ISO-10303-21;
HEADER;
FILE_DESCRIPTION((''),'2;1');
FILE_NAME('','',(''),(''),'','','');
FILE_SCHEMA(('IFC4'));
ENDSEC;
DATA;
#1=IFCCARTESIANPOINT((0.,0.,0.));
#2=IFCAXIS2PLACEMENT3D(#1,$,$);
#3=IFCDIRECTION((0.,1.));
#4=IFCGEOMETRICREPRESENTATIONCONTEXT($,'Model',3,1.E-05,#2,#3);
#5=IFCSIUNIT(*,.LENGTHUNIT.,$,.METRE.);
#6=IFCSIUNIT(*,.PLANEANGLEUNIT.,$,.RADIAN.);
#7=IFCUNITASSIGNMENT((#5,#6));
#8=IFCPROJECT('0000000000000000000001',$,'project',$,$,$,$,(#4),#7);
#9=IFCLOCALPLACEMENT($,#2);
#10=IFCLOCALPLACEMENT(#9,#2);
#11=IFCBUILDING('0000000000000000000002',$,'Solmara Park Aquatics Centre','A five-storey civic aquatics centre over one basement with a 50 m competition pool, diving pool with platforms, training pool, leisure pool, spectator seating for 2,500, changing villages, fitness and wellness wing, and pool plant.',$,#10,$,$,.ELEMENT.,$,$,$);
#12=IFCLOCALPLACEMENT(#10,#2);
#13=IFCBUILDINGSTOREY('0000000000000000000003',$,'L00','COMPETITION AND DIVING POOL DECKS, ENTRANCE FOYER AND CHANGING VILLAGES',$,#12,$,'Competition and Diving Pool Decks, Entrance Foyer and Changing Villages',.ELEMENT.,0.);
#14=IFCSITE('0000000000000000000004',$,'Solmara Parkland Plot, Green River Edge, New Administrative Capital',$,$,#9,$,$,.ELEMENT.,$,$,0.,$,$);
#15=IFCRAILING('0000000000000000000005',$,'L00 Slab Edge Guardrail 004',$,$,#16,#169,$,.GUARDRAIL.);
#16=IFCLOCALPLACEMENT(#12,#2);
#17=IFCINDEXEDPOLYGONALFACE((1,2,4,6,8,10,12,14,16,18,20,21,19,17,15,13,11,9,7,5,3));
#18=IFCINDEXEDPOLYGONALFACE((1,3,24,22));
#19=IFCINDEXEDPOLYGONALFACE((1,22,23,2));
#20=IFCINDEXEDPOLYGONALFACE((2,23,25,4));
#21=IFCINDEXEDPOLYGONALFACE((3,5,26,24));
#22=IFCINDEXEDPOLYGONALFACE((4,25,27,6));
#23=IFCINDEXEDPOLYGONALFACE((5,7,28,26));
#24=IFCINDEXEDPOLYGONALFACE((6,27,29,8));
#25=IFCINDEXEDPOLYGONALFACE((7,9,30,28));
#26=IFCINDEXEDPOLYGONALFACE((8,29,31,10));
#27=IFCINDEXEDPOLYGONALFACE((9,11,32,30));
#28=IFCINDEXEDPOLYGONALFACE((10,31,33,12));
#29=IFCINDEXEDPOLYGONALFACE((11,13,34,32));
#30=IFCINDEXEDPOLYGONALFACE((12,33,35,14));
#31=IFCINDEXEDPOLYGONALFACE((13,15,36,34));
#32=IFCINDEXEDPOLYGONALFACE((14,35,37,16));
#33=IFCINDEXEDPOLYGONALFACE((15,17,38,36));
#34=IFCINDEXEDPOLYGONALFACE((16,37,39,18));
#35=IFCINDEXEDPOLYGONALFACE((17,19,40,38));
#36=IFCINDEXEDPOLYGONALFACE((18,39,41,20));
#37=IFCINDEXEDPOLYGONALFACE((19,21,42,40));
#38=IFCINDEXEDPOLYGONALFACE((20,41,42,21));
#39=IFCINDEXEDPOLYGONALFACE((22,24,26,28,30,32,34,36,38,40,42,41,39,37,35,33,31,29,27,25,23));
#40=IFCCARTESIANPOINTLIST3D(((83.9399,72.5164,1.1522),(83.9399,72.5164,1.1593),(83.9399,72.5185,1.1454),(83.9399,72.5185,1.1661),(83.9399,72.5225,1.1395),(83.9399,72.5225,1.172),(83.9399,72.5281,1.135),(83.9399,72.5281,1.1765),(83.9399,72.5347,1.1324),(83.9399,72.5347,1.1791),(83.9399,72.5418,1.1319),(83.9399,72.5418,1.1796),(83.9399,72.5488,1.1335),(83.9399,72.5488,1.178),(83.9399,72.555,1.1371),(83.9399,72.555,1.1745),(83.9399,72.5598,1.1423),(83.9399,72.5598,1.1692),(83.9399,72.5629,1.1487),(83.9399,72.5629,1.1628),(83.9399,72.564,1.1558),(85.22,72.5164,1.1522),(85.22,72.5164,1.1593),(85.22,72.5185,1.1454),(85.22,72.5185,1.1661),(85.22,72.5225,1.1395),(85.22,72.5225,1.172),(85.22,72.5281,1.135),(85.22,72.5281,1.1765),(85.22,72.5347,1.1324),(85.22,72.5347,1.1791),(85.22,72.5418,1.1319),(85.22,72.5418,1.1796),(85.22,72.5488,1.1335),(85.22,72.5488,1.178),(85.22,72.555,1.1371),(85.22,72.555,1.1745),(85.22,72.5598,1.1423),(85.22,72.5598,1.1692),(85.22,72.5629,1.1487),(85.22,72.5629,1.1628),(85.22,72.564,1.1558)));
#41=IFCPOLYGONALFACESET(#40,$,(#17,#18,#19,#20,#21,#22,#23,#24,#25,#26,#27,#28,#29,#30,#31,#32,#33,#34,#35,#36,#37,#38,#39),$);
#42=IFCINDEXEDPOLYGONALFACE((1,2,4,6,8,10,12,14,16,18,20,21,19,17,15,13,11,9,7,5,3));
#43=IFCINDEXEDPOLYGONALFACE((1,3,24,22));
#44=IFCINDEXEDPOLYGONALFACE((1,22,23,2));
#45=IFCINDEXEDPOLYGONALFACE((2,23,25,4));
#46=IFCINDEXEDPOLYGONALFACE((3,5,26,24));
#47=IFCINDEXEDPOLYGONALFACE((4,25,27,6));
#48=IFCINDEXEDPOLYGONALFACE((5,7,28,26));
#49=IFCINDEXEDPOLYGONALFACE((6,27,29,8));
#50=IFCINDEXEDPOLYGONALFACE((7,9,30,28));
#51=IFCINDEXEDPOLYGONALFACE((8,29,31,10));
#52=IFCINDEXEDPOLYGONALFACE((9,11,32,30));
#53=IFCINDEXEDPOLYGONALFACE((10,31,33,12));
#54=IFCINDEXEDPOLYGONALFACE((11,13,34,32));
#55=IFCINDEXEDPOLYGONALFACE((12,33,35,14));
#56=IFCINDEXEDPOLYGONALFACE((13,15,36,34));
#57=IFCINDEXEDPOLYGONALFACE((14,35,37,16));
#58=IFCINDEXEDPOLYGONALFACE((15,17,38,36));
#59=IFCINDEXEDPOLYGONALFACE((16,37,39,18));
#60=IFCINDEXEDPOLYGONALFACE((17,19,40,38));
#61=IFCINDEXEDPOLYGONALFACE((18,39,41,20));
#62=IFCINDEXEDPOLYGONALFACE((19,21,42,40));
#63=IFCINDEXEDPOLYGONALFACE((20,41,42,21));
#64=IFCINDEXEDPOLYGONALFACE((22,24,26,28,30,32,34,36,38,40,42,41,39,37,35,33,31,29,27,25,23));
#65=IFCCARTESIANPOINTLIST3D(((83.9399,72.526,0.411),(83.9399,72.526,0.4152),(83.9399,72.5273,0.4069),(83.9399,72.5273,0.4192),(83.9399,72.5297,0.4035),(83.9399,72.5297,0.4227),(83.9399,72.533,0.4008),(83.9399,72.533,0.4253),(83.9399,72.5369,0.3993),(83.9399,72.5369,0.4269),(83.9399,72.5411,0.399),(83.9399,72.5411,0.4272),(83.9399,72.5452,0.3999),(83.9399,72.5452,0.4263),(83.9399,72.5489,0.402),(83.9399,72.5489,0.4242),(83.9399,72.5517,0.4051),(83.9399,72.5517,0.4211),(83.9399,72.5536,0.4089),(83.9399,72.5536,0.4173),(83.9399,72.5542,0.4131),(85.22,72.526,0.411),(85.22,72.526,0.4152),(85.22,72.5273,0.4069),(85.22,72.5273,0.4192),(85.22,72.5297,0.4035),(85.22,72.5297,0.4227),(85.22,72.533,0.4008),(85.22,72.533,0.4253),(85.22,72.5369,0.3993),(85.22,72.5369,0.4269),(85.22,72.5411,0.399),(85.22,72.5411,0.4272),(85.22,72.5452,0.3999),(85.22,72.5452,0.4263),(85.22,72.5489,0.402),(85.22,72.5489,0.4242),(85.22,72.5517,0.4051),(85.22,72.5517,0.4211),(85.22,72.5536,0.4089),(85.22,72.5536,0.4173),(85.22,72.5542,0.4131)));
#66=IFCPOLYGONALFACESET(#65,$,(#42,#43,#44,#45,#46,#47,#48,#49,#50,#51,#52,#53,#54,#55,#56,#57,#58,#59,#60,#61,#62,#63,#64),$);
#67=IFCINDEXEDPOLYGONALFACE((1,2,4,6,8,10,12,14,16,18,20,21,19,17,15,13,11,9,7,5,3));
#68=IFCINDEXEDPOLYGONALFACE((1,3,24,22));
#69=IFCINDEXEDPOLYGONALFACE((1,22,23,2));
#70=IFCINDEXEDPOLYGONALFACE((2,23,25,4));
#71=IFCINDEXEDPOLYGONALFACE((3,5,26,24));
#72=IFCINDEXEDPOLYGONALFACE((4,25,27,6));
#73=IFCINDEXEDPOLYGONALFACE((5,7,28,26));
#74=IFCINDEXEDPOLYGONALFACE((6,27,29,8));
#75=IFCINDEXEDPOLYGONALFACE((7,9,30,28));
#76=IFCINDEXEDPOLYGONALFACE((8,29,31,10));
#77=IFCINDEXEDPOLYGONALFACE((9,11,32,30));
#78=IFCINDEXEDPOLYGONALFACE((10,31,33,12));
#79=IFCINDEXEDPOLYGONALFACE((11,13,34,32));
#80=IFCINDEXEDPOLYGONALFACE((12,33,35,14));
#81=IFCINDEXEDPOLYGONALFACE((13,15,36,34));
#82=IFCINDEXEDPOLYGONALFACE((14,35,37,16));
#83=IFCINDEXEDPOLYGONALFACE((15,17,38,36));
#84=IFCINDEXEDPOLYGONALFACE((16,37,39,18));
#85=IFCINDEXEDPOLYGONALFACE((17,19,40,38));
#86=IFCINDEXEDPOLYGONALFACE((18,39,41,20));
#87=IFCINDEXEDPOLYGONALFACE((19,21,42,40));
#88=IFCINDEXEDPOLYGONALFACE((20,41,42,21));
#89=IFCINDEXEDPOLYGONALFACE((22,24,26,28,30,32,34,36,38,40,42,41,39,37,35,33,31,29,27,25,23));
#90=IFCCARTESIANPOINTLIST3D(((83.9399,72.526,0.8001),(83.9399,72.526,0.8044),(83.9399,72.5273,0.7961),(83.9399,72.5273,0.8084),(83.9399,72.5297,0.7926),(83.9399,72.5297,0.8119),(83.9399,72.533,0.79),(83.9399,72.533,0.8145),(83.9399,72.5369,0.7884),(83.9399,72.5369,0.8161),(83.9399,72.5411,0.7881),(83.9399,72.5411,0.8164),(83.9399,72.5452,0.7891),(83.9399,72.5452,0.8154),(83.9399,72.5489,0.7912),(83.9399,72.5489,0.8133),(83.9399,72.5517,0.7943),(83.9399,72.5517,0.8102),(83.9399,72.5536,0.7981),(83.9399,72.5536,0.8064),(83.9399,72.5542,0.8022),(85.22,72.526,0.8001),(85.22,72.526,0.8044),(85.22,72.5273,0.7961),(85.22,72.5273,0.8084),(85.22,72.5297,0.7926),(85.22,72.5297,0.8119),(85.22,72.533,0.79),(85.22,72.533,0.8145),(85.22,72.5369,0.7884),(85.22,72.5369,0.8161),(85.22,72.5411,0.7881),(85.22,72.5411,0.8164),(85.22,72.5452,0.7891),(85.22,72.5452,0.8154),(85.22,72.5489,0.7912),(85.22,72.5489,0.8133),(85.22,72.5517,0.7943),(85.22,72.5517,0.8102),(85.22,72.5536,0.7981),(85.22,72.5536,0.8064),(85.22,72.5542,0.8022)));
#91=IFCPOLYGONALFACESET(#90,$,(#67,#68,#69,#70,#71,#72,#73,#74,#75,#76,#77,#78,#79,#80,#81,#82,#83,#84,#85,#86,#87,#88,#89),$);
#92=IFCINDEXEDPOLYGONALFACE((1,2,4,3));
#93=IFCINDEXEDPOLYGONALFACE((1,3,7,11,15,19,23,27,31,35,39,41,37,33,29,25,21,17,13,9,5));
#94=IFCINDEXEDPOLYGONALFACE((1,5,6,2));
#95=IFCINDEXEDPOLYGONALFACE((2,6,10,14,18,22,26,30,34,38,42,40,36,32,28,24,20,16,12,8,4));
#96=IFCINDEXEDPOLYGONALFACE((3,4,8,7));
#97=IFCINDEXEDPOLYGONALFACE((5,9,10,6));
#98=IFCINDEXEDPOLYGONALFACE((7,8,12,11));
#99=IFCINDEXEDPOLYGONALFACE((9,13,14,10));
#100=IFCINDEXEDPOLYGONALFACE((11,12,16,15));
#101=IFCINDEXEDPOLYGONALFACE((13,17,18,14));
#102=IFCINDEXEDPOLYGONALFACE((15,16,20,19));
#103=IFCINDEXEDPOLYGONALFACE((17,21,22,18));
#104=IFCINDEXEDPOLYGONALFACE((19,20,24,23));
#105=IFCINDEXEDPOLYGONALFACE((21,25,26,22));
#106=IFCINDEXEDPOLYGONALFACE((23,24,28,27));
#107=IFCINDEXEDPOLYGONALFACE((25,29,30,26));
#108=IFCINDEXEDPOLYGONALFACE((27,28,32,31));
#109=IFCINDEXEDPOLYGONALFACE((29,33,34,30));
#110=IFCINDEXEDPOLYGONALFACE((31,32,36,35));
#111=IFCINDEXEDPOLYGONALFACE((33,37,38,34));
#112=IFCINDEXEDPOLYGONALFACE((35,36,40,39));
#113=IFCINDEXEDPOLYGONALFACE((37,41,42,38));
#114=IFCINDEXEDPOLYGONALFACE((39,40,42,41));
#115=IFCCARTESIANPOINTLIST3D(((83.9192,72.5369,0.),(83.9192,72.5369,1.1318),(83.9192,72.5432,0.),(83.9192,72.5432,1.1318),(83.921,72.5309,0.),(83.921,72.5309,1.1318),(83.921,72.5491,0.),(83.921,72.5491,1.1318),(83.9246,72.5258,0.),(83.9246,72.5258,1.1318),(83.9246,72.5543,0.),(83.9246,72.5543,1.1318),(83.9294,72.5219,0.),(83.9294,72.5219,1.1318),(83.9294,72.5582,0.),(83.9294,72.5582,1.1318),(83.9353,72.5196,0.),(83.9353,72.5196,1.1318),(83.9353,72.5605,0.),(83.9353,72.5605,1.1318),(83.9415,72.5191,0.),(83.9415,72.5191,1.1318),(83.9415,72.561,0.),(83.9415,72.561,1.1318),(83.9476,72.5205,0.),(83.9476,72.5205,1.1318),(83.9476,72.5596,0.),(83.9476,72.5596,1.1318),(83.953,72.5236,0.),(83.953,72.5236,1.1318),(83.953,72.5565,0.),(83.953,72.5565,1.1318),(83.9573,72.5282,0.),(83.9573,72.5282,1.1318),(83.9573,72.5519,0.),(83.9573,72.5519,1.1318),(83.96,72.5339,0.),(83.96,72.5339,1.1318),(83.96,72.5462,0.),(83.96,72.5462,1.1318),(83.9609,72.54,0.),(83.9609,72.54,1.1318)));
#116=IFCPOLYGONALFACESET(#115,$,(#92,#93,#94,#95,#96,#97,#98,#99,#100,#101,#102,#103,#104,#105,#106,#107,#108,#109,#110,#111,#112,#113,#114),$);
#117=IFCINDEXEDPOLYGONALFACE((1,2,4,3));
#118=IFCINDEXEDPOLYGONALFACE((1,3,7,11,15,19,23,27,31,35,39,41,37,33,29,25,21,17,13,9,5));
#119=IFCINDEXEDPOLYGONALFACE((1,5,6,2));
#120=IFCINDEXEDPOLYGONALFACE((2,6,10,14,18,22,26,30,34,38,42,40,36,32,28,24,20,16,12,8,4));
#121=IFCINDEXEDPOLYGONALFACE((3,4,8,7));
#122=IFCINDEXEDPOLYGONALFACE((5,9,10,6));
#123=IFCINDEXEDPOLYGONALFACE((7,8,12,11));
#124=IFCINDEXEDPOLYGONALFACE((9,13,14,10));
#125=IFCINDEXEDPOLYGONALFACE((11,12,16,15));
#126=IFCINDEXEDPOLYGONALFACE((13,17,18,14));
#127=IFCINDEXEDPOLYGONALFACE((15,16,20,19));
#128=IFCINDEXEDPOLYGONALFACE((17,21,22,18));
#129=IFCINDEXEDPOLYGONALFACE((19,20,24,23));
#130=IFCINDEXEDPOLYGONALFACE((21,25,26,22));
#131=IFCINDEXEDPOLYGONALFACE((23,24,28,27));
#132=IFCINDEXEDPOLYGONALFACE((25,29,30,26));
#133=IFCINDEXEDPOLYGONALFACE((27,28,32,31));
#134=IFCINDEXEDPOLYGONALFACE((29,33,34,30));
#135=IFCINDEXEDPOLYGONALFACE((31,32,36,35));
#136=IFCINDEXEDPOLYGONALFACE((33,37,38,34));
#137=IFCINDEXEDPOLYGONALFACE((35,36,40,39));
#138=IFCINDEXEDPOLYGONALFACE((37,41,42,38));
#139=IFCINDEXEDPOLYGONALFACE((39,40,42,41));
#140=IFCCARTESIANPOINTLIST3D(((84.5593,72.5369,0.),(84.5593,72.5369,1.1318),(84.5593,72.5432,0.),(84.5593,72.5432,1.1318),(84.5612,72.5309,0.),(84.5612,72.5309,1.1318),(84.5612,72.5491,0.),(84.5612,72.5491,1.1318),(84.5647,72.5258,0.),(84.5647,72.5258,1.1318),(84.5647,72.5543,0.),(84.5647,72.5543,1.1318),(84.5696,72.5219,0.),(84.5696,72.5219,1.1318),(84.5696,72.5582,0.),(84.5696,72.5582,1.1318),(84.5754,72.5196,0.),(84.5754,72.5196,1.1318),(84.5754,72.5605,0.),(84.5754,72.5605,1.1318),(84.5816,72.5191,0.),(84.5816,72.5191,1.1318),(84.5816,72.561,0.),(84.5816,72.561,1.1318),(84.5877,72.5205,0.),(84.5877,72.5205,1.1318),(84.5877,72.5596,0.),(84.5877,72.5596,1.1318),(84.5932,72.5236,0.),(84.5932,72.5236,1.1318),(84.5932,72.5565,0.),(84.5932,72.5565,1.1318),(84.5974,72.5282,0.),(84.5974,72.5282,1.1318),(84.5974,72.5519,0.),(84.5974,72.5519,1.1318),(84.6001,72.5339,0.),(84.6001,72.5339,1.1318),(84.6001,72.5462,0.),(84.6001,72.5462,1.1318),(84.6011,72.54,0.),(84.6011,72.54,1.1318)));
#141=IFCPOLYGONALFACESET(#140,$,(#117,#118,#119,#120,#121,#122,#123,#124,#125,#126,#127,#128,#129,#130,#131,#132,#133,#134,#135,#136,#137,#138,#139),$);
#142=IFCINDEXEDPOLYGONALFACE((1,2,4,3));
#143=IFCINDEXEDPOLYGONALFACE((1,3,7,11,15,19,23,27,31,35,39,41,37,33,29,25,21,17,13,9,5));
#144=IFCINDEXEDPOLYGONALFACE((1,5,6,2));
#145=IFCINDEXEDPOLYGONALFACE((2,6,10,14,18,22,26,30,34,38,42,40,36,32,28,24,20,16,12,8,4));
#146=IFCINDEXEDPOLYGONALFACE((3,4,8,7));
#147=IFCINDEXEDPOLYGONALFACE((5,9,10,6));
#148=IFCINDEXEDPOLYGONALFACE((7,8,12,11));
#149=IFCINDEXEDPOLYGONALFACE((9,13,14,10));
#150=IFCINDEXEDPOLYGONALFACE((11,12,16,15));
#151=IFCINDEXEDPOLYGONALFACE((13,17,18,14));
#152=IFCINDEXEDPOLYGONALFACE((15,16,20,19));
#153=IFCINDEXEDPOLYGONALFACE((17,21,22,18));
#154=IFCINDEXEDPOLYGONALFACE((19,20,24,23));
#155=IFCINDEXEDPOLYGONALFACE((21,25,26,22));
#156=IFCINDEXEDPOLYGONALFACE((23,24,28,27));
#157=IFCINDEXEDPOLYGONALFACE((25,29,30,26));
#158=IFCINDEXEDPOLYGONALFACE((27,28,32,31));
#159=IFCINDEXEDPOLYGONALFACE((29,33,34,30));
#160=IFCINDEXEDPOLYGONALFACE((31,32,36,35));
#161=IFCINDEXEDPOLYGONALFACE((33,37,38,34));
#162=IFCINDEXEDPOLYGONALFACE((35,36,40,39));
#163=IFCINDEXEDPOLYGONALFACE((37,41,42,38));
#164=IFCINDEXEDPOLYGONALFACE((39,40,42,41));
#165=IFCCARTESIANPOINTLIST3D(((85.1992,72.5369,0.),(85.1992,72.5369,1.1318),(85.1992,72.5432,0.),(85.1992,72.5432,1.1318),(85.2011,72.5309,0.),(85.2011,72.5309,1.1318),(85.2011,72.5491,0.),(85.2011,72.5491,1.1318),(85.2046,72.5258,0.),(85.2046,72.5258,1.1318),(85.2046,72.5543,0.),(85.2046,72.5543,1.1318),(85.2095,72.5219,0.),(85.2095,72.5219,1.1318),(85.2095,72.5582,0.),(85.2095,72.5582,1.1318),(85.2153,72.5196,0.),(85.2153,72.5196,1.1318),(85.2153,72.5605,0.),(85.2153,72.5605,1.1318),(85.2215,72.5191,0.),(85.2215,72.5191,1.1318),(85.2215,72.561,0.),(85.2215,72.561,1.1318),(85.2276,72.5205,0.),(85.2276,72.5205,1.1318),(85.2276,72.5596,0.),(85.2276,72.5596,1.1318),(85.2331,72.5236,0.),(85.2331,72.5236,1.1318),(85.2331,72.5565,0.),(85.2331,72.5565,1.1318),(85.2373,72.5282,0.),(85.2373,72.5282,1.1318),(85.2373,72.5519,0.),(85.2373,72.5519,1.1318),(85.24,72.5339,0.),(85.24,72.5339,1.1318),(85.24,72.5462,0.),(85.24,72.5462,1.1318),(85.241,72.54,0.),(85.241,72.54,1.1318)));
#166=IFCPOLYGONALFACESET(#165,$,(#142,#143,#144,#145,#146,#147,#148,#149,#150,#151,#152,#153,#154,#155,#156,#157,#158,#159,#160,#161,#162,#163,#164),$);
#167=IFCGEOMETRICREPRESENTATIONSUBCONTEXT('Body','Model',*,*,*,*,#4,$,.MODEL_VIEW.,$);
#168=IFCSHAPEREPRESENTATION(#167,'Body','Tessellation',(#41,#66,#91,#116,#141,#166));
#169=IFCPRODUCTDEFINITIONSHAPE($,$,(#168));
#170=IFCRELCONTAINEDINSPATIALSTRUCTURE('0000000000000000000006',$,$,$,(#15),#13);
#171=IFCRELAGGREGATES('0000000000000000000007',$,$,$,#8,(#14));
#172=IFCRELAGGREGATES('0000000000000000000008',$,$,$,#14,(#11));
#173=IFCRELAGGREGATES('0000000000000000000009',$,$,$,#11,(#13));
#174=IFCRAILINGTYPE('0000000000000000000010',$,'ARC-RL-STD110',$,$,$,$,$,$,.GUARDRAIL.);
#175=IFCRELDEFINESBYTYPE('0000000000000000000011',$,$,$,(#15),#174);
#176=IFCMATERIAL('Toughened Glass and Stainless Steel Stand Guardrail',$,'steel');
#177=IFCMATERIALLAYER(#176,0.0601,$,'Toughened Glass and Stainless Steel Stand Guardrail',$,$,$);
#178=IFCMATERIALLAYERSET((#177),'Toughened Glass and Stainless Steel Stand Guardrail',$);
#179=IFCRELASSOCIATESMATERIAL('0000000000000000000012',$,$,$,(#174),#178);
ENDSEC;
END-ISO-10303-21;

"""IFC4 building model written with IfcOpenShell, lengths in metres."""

from ifc_helpers import new_model, si_unit, direction, frame, origin, origin_2d, place, context, subcontext, project, spatial, circle, extrude, material, layer, layer_set, type_object, element, save


model = new_model("IFC4")

# Units and contexts
model_context = context("Model", 3, precision=1e-05, world=origin(), true_north=direction((0.0, 1.0)))
body_context = subcontext(model_context, "Body", "Model", "MODEL_VIEW")
ifc_project = project(units=[si_unit("LENGTHUNIT", "METRE"), si_unit("PLANEANGLEUNIT", "RADIAN")], contexts=[model_context])

# Site, building, storey
site_placement = place(None, origin())
site = spatial("IfcSite", under=ifc_project, at=site_placement, Name="Solmara Parkland Plot, Green River Edge, New Administrative Capital", CompositionType="ELEMENT", RefElevation=0.0)
building_placement = place(site_placement, origin())
building = spatial("IfcBuilding", under=site, at=building_placement, Name="Solmara Park Aquatics Centre", Description="A five-storey civic aquatics centre over one basement with a 50 m competition pool, diving pool with platforms, training pool, leisure pool, spectator seating for 2,500, changing villages, fitness and wellness wing, and pool plant.", CompositionType="ELEMENT")
storey_placement = place(building_placement, origin())
storey = spatial("IfcBuildingStorey", under=building, at=storey_placement, Name="L00", Description="COMPETITION AND DIVING POOL DECKS, ENTRANCE FOYER AND CHANGING VILLAGES", LongName="Competition and Diving Pool Decks, Entrance Foyer and Changing Villages", CompositionType="ELEMENT", Elevation=0.0)

# Railing
ifc_material_1 = material(Name="Toughened Glass and Stainless Steel Stand Guardrail", Category="steel")
ifc_layer_1 = layer(ifc_material_1, 0.0601, Name="Toughened Glass and Stainless Steel Stand Guardrail")
ifc_layer_set_1 = layer_set([ifc_layer_1], Name="Toughened Glass and Stainless Steel Stand Guardrail")
railing_type = type_object("IfcRailingType", Name="ARC-RL-STD110", PredefinedType="GUARDRAIL", material=ifc_layer_set_1)
for number, where, name in (
    (1, (83.9399, 72.54, 0.0), "L00 Slab Edge Guardrail 004"),
):
    element("IfcRailing", number, at=place(storey_placement, frame(where)), inside=storey, type_object=railing_type, Name=name, PredefinedType="GUARDRAIL", context=body_context, shape_type="SweptSolid", body=[
        extrude(circle(Radius=0.0239, at=origin_2d()), frame((0.0, 0.0, 1.1558), z_axis=(1.0, 0.0, 0.0), x_axis=(0.0, 1.0, 0.0)), (0.0, 0.0, 1.0), 1.28),
        extrude(circle(Radius=0.0142, at=origin_2d()), frame((0.0, 0.0, 0.4131), z_axis=(1.0, 0.0, 0.0), x_axis=(0.0, 1.0, 0.0)), (0.0, 0.0, 1.0), 1.28),
        extrude(circle(Radius=0.0142, at=origin_2d()), frame((0.0, 0.0, 0.8022), z_axis=(1.0, 0.0, 0.0), x_axis=(0.0, 1.0, 0.0)), (0.0, 0.0, 1.0), 1.28),
        extrude(circle(Radius=0.021, at=origin_2d()), origin(), (0.0, 0.0, 1.0), 1.1318),
        extrude(circle(Radius=0.021, at=origin_2d()), frame((0.6401, 0.0, 0.0)), (0.0, 0.0, 1.0), 1.1318),
        extrude(circle(Radius=0.021, at=origin_2d()), frame((1.28, 0.0, 0.0)), (0.0, 0.0, 1.0), 1.1318),
    ])

save(model, "model.ifc")
